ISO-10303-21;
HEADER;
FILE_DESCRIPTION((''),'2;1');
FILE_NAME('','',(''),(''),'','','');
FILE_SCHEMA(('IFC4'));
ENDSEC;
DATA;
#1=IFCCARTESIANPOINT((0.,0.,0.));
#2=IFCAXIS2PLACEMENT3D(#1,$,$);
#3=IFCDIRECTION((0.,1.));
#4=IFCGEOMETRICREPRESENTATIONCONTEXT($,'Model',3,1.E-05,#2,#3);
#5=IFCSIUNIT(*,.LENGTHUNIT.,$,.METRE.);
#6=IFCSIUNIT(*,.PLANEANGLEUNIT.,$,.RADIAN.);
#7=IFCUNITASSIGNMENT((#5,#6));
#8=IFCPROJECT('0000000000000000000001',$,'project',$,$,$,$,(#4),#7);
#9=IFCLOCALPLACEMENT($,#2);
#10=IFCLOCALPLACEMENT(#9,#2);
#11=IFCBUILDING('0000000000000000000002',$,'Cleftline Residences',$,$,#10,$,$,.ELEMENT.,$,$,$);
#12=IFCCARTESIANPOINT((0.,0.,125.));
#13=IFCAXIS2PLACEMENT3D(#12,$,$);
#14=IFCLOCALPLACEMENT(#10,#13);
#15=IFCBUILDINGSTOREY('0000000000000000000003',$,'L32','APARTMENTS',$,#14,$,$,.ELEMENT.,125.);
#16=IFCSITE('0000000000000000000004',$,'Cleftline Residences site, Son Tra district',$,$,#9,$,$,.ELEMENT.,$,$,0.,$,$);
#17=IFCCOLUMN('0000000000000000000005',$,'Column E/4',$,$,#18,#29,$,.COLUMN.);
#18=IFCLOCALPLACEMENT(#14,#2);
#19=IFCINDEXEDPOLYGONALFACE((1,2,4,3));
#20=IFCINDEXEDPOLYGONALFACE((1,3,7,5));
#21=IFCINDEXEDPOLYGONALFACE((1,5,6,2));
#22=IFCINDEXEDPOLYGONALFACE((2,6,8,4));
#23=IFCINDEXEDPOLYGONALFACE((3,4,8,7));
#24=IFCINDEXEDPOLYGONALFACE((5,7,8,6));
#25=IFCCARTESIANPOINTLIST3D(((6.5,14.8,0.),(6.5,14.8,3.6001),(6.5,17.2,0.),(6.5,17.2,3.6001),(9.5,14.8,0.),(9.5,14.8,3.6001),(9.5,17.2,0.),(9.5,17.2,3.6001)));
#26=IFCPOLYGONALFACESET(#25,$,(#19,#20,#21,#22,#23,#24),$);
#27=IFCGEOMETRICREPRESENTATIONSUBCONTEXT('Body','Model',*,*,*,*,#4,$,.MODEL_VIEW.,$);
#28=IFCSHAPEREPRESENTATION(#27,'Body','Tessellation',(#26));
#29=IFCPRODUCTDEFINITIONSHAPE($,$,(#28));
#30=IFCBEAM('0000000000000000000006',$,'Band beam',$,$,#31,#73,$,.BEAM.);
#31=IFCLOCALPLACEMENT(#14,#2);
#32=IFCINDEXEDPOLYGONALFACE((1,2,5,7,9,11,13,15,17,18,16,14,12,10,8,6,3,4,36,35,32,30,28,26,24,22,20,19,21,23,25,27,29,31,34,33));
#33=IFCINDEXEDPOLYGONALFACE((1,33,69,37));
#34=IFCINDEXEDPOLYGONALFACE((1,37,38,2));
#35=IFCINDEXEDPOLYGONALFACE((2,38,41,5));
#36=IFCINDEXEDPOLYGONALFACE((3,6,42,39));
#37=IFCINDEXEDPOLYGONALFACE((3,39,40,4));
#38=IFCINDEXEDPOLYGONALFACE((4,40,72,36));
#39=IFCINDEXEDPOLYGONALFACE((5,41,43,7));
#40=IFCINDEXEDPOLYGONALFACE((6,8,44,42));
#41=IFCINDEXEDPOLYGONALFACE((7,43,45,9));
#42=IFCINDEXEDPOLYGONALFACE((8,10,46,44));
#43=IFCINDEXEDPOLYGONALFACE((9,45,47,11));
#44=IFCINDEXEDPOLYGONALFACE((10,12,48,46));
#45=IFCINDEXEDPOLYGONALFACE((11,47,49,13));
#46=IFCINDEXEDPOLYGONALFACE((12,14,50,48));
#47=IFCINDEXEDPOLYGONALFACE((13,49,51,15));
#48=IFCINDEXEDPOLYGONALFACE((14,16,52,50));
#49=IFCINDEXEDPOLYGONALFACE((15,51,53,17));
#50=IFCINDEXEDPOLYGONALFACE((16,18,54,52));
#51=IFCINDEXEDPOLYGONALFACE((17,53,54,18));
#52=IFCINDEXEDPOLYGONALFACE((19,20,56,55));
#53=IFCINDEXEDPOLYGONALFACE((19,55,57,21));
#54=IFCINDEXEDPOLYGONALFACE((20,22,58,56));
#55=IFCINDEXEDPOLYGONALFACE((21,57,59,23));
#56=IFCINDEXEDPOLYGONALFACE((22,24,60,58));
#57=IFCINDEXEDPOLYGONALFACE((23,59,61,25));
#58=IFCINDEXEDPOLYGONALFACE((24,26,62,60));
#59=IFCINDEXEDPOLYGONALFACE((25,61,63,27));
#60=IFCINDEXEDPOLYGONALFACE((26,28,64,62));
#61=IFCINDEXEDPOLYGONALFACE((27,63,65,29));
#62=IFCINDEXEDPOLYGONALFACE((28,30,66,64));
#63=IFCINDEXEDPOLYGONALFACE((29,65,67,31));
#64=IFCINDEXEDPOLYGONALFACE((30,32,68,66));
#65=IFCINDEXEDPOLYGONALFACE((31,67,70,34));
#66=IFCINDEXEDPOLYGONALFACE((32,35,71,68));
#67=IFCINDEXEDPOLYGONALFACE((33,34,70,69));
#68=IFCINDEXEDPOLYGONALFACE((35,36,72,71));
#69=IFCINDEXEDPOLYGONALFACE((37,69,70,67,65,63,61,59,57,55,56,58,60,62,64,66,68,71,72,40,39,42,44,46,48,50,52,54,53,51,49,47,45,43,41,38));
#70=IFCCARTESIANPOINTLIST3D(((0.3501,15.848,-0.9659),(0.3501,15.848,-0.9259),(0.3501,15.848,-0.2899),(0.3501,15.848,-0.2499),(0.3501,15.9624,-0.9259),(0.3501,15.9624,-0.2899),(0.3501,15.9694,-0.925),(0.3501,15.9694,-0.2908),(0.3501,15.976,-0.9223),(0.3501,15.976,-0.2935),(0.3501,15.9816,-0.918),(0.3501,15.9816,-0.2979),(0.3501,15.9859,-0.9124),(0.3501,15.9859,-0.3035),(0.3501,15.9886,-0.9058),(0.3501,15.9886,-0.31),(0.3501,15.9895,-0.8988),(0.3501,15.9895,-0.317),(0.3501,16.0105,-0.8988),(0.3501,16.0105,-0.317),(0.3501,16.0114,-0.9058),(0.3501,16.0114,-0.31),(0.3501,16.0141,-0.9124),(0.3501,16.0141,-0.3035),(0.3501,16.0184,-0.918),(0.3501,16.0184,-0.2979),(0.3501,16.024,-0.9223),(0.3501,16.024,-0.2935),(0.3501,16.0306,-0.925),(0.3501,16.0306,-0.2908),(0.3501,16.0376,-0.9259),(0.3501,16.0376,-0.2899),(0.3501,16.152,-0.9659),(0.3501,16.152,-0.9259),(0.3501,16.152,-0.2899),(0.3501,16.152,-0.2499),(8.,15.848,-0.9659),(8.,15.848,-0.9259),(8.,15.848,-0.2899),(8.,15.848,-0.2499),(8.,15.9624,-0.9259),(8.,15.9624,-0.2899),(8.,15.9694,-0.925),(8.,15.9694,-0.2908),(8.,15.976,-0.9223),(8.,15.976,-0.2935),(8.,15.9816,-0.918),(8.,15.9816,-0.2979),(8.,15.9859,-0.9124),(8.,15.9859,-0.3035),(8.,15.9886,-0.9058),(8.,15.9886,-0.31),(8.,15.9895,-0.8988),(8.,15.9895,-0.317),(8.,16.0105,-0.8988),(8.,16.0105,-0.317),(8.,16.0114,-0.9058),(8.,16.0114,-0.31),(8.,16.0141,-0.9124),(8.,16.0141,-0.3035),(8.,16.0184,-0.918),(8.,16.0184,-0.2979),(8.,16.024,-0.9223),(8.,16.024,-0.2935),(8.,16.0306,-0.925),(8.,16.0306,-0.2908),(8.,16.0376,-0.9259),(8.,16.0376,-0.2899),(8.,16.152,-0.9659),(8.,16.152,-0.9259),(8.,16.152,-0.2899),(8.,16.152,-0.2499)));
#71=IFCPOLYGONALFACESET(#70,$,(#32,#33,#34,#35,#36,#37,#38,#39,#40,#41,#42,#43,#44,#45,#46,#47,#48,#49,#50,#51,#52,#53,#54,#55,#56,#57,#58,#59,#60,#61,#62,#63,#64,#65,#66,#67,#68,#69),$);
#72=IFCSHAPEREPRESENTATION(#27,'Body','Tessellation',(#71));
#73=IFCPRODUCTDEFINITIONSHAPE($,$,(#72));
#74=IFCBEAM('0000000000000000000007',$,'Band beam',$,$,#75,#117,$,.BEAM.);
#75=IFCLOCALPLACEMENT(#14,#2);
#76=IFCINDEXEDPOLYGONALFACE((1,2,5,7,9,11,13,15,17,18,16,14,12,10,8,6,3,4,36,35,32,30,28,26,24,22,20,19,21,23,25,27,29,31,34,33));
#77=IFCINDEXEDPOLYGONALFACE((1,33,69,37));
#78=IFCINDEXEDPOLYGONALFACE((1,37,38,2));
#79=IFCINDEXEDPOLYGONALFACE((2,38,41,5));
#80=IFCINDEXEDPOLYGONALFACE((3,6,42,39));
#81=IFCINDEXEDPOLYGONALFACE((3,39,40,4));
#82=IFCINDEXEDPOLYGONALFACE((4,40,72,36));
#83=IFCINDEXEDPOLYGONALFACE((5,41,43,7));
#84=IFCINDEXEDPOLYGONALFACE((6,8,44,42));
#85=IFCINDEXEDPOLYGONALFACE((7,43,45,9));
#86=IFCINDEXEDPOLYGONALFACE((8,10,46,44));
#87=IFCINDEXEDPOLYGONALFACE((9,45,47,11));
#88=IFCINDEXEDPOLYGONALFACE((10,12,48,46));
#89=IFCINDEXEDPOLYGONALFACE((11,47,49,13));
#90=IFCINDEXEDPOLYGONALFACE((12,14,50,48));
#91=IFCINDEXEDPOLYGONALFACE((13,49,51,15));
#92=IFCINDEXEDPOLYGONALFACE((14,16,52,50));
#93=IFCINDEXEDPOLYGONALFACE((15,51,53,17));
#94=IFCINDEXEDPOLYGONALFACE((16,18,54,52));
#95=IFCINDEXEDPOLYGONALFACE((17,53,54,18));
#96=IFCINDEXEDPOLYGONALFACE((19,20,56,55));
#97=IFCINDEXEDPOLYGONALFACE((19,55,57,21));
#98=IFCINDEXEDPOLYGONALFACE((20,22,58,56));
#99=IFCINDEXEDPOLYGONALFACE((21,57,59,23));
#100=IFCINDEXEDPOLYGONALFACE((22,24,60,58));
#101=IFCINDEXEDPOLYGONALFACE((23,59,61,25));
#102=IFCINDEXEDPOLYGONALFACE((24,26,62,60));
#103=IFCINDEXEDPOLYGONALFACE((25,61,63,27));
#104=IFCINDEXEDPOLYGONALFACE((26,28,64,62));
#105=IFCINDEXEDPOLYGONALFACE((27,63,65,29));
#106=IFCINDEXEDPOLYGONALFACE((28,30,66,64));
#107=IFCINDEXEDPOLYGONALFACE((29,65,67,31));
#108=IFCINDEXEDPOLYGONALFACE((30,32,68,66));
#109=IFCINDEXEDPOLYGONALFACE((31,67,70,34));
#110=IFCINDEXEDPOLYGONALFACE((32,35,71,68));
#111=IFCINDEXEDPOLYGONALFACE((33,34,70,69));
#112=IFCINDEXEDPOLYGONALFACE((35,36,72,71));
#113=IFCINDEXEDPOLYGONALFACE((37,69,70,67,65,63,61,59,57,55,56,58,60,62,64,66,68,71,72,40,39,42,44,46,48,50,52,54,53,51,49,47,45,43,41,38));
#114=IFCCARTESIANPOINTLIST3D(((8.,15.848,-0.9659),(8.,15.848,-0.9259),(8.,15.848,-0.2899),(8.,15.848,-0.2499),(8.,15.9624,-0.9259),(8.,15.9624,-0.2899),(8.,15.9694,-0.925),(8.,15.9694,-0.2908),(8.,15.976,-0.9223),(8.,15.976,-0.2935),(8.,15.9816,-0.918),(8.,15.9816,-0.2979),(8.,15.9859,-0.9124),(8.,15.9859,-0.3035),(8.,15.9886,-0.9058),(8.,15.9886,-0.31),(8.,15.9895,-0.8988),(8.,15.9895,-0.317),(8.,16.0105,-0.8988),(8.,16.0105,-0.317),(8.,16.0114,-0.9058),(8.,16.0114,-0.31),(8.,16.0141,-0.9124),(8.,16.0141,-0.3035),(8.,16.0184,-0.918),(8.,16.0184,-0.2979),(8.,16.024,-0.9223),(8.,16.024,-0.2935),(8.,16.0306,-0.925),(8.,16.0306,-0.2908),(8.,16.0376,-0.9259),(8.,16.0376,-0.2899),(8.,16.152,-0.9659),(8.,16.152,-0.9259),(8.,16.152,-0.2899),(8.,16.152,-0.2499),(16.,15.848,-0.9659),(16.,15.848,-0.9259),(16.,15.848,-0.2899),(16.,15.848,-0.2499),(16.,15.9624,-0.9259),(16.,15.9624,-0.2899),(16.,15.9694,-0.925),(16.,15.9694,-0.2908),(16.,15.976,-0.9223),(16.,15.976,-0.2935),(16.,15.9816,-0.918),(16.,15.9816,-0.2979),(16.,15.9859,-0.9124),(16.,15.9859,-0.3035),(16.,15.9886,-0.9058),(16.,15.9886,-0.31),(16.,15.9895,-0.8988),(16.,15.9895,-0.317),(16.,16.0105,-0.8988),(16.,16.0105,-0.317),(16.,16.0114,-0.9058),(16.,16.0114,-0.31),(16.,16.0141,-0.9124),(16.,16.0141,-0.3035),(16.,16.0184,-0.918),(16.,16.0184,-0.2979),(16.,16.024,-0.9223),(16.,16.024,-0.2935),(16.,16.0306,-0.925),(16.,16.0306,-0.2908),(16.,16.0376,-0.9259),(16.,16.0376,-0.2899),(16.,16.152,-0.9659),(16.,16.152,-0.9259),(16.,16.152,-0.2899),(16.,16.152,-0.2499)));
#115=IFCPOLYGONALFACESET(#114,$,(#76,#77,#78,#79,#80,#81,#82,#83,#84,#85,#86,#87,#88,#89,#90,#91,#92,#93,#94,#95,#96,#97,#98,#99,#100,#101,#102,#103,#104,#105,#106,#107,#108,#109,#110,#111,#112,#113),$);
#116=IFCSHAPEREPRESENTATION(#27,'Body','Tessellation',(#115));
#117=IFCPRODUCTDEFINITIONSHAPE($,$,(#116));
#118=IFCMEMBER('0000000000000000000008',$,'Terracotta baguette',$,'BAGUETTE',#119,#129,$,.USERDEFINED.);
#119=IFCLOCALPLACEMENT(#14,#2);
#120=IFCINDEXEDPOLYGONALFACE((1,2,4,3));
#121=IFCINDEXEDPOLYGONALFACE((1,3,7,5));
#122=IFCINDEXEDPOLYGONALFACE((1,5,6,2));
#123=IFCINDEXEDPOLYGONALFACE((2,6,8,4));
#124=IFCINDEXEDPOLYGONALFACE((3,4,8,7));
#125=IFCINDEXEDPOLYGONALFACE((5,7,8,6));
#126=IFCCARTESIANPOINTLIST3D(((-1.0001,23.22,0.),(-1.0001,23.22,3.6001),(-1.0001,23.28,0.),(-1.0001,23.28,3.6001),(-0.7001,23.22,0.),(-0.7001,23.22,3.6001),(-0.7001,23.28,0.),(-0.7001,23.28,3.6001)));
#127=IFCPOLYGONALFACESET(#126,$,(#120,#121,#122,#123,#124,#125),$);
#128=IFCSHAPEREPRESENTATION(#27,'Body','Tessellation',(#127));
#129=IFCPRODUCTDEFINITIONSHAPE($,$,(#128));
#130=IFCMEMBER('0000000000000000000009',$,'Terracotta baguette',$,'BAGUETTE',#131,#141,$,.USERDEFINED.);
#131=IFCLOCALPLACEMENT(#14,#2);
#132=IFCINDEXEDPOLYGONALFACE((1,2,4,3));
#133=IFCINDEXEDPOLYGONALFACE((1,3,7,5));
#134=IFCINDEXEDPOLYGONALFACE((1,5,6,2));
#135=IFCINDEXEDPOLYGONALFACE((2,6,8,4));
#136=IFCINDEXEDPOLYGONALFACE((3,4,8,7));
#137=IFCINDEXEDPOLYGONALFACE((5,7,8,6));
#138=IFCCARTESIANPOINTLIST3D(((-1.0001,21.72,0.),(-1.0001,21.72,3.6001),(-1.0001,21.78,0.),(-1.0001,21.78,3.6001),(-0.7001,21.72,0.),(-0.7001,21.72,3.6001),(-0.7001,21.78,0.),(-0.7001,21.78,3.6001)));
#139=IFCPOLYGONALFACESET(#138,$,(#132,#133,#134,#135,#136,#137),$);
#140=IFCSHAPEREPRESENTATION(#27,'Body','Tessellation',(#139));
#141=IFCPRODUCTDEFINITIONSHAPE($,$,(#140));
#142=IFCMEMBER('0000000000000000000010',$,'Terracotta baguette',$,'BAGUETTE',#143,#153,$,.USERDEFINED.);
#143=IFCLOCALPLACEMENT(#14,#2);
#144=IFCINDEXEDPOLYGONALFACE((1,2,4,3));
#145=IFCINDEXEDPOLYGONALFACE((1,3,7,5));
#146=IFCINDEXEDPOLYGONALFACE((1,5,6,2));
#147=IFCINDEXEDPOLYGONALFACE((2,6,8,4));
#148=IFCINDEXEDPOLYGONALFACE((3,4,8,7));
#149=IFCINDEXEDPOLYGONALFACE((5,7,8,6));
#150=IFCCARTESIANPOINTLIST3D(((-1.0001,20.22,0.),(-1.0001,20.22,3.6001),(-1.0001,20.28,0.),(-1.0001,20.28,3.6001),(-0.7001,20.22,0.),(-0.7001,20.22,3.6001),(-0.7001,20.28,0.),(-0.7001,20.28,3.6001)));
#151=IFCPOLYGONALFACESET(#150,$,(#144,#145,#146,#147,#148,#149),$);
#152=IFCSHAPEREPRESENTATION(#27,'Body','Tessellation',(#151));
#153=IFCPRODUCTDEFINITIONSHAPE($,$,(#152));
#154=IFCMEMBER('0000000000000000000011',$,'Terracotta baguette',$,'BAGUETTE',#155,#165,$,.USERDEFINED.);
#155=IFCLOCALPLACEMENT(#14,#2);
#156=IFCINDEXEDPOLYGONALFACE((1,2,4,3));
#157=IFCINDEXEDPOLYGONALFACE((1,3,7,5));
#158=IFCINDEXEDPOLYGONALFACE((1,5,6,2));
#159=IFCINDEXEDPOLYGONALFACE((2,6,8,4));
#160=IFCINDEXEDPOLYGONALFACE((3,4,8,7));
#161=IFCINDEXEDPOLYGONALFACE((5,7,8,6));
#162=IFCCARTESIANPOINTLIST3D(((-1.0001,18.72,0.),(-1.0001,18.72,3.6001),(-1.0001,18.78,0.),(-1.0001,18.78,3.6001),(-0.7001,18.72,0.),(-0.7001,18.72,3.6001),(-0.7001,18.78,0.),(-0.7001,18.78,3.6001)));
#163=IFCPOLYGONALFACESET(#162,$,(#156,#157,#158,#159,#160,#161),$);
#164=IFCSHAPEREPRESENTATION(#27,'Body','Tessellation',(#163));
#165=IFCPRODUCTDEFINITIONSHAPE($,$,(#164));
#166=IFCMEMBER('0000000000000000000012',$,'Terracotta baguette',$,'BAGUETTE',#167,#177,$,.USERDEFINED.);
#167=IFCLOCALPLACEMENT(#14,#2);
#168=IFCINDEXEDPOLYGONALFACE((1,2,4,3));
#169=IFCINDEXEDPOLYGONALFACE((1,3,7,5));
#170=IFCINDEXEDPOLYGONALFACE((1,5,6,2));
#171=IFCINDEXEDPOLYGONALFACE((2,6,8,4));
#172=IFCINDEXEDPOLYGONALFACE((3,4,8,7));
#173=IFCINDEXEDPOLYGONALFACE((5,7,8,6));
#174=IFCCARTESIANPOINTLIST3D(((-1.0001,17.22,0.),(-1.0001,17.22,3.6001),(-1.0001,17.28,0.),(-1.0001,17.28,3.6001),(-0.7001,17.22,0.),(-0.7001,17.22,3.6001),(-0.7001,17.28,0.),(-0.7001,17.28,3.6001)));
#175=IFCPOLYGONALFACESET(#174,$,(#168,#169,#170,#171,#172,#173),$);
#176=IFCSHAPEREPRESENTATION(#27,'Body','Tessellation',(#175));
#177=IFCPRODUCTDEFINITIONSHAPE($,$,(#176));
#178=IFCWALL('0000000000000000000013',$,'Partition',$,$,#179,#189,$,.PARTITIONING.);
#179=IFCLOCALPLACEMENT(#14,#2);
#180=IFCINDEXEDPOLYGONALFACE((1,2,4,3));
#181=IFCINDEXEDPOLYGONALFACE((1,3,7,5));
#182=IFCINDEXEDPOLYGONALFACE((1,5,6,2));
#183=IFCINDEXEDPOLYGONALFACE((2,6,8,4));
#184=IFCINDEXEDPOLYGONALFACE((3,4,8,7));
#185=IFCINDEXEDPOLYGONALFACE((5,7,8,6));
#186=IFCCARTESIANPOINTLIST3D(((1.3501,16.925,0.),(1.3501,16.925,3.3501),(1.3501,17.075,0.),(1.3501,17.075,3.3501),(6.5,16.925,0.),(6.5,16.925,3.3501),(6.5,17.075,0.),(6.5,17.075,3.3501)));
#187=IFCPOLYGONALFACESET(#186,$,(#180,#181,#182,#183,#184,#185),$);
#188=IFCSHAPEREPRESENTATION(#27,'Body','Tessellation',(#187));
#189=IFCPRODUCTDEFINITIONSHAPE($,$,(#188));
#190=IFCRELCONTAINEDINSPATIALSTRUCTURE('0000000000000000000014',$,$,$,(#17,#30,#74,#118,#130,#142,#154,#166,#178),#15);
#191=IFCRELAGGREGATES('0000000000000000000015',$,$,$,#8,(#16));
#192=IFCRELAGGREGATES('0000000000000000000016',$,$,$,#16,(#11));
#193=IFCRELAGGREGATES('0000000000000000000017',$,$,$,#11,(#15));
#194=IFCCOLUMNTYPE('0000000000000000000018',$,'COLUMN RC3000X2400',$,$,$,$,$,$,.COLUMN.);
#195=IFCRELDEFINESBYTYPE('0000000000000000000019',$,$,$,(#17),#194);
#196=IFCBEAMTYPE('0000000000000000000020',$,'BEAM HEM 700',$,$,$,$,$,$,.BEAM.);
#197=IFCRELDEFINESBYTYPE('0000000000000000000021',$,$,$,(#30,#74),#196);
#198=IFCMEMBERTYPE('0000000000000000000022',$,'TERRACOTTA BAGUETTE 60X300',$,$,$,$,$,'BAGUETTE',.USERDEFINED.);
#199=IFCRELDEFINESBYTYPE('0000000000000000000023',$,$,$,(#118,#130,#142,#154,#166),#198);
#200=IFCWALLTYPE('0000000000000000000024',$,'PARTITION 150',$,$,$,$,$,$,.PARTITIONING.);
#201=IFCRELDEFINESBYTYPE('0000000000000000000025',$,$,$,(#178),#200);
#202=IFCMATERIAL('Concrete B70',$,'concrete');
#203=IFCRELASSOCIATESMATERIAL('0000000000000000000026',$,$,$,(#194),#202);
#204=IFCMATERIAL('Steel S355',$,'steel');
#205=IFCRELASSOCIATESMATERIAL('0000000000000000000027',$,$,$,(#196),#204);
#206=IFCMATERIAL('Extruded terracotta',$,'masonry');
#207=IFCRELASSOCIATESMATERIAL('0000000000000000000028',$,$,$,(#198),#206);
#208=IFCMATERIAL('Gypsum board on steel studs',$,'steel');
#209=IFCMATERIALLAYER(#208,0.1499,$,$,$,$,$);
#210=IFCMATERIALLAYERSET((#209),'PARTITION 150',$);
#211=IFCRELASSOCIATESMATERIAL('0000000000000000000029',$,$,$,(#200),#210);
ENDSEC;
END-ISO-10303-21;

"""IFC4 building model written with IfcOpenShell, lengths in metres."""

from ifc_helpers import new_model, si_unit, direction, frame, frame_2d, origin, origin_2d, place, context, subcontext, project, spatial, rectangle, i_section, extrude, material, layer, layer_set, material_profile, profile_set, type_object, element, save


model = new_model("IFC4")

# Units and contexts
model_context = context("Model", 3, precision=1e-05, world=origin(), true_north=direction((0.0, 1.0)))
body_context = subcontext(model_context, "Body", "Model", "MODEL_VIEW")
ifc_project = project(units=[si_unit("LENGTHUNIT", "METRE"), si_unit("PLANEANGLEUNIT", "RADIAN")], contexts=[model_context])

# Site, building, storey
site_placement = place(None, origin())
site = spatial("IfcSite", under=ifc_project, at=site_placement, Name="Cleftline Residences site, Son Tra district", CompositionType="ELEMENT", RefElevation=0.0)
building_placement = place(site_placement, origin())
building = spatial("IfcBuilding", under=site, at=building_placement, Name="Cleftline Residences", CompositionType="ELEMENT")
storey_placement = place(building_placement, frame((0.0, 0.0, 125.0)))
storey = spatial("IfcBuildingStorey", under=building, at=storey_placement, Name="L32", Description="APARTMENTS", CompositionType="ELEMENT", Elevation=125.0)

# Column
ifc_material_1 = material(Name="Concrete B70", Category="concrete")
ifc_material_profile_1 = material_profile(ifc_material_1, rectangle(XDim=3.0, YDim=2.3999, at=origin_2d()))
ifc_profile_set_1 = profile_set([ifc_material_profile_1], Name="Concrete B70")
column_type = type_object("IfcColumnType", Name="COLUMN RC3000X2400", PredefinedType="COLUMN", material=ifc_profile_set_1)
column_placement = place(storey_placement, frame((8.0, 16.0, 0.0), z_axis=(0.0, 0.0, 1.0), x_axis=(1.0, 0.0, 0.0)))
element("IfcColumn", 1, at=column_placement, inside=storey, type_object=column_type, Name="Column E/4", PredefinedType="COLUMN", context=body_context, shape_type="SweptSolid", body=[
    extrude(rectangle(XDim=3.0, YDim=2.3999, at=origin_2d()), origin(), (0.0, 0.0, 1.0), 3.6001),
])

# Beams
ifc_material_2 = material(Name="Steel S355", Category="steel")
ifc_material_profile_2 = material_profile(ifc_material_2, i_section(OverallWidth=0.304, OverallDepth=0.7161, WebThickness=0.021, FlangeThickness=0.04, FilletRadius=0.0271, at=origin_2d()))
ifc_profile_set_2 = profile_set([ifc_material_profile_2], Name="Steel S355")
beam_type = type_object("IfcBeamType", Name="BEAM HEM 700", PredefinedType="BEAM", material=ifc_profile_set_2)
beam_1_placement = place(storey_placement, frame((0.3501, 16.0, -0.6079), z_axis=(1.0, 0.0, 0.0), x_axis=(0.0, 1.0, 0.0)))
element("IfcBeam", 2, at=beam_1_placement, inside=storey, type_object=beam_type, Name="Band beam", PredefinedType="BEAM", context=body_context, shape_type="SweptSolid", body=[
    extrude(i_section(OverallWidth=0.304, OverallDepth=0.7161, WebThickness=0.021, FlangeThickness=0.04, FilletRadius=0.0271, at=origin_2d()), origin(), (0.0, 0.0, 1.0), 7.6499),
])
beam_2_placement = place(storey_placement, frame((8.0, 16.0, -0.6079), z_axis=(1.0, 0.0, 0.0), x_axis=(0.0, 1.0, 0.0)))
element("IfcBeam", 3, at=beam_2_placement, inside=storey, type_object=beam_type, Name="Band beam", PredefinedType="BEAM", context=body_context, shape_type="SweptSolid", body=[
    extrude(i_section(OverallWidth=0.304, OverallDepth=0.7161, WebThickness=0.021, FlangeThickness=0.04, FilletRadius=0.0271, at=origin_2d()), origin(), (0.0, 0.0, 1.0), 8.0),
])

# Members
ifc_material_3 = material(Name="Extruded terracotta", Category="masonry")
ifc_material_profile_3 = material_profile(ifc_material_3, rectangle(XDim=0.0601, YDim=0.3, at=origin_2d()))
ifc_profile_set_3 = profile_set([ifc_material_profile_3], Name="Extruded terracotta")
member_type = type_object("IfcMemberType", Name="TERRACOTTA BAGUETTE 60X300", ElementType="BAGUETTE", PredefinedType="USERDEFINED", material=ifc_profile_set_3)
for number, where, z_axis, x_axis, name in (
    (4, (-0.8501, 23.25, 0.0), (0.0, 0.0, 1.0), (0.0, 1.0, 0.0), "Terracotta baguette"),
    (5, (-0.8501, 21.75, 0.0), (0.0, 0.0, 1.0), (0.0, 1.0, 0.0), "Terracotta baguette"),
    (6, (-0.8501, 20.25, 0.0), (0.0, 0.0, 1.0), (0.0, 1.0, 0.0), "Terracotta baguette"),
    (7, (-0.8501, 18.75, 0.0), (0.0, 0.0, 1.0), (0.0, 1.0, 0.0), "Terracotta baguette"),
    (8, (-0.8501, 17.25, 0.0), (0.0, 0.0, 1.0), (0.0, 1.0, 0.0), "Terracotta baguette"),
):
    element("IfcMember", number, at=place(storey_placement, frame(where, z_axis=z_axis, x_axis=x_axis)), inside=storey, type_object=member_type, Name=name, ObjectType="BAGUETTE", PredefinedType="USERDEFINED", context=body_context, shape_type="SweptSolid", body=[
        extrude(rectangle(XDim=0.0601, YDim=0.3, at=origin_2d()), origin(), (0.0, 0.0, 1.0), 3.6001),
    ])

# Wall
ifc_material_4 = material(Name="Gypsum board on steel studs", Category="steel")
ifc_layer_1 = layer(ifc_material_4, 0.1499)
ifc_layer_set_1 = layer_set([ifc_layer_1], Name="PARTITION 150")
wall_type_1 = type_object("IfcWallType", Name="PARTITION 150", PredefinedType="PARTITIONING", material=ifc_layer_set_1)
wall_1_placement = place(storey_placement, frame((1.3501, 17.0, 0.0), z_axis=(0.0, 0.0, 1.0), x_axis=(1.0, 0.0, 0.0)))
element("IfcWall", 9, at=wall_1_placement, inside=storey, type_object=wall_type_1, Name="Partition", PredefinedType="PARTITIONING", context=body_context, shape_type="SweptSolid", body=[
    extrude(rectangle(XDim=5.1499, YDim=0.1499, at=frame_2d((2.575, 0.0))), origin(), (0.0, 0.0, 1.0), 3.3501),
])

save(model, "model.ifc")
